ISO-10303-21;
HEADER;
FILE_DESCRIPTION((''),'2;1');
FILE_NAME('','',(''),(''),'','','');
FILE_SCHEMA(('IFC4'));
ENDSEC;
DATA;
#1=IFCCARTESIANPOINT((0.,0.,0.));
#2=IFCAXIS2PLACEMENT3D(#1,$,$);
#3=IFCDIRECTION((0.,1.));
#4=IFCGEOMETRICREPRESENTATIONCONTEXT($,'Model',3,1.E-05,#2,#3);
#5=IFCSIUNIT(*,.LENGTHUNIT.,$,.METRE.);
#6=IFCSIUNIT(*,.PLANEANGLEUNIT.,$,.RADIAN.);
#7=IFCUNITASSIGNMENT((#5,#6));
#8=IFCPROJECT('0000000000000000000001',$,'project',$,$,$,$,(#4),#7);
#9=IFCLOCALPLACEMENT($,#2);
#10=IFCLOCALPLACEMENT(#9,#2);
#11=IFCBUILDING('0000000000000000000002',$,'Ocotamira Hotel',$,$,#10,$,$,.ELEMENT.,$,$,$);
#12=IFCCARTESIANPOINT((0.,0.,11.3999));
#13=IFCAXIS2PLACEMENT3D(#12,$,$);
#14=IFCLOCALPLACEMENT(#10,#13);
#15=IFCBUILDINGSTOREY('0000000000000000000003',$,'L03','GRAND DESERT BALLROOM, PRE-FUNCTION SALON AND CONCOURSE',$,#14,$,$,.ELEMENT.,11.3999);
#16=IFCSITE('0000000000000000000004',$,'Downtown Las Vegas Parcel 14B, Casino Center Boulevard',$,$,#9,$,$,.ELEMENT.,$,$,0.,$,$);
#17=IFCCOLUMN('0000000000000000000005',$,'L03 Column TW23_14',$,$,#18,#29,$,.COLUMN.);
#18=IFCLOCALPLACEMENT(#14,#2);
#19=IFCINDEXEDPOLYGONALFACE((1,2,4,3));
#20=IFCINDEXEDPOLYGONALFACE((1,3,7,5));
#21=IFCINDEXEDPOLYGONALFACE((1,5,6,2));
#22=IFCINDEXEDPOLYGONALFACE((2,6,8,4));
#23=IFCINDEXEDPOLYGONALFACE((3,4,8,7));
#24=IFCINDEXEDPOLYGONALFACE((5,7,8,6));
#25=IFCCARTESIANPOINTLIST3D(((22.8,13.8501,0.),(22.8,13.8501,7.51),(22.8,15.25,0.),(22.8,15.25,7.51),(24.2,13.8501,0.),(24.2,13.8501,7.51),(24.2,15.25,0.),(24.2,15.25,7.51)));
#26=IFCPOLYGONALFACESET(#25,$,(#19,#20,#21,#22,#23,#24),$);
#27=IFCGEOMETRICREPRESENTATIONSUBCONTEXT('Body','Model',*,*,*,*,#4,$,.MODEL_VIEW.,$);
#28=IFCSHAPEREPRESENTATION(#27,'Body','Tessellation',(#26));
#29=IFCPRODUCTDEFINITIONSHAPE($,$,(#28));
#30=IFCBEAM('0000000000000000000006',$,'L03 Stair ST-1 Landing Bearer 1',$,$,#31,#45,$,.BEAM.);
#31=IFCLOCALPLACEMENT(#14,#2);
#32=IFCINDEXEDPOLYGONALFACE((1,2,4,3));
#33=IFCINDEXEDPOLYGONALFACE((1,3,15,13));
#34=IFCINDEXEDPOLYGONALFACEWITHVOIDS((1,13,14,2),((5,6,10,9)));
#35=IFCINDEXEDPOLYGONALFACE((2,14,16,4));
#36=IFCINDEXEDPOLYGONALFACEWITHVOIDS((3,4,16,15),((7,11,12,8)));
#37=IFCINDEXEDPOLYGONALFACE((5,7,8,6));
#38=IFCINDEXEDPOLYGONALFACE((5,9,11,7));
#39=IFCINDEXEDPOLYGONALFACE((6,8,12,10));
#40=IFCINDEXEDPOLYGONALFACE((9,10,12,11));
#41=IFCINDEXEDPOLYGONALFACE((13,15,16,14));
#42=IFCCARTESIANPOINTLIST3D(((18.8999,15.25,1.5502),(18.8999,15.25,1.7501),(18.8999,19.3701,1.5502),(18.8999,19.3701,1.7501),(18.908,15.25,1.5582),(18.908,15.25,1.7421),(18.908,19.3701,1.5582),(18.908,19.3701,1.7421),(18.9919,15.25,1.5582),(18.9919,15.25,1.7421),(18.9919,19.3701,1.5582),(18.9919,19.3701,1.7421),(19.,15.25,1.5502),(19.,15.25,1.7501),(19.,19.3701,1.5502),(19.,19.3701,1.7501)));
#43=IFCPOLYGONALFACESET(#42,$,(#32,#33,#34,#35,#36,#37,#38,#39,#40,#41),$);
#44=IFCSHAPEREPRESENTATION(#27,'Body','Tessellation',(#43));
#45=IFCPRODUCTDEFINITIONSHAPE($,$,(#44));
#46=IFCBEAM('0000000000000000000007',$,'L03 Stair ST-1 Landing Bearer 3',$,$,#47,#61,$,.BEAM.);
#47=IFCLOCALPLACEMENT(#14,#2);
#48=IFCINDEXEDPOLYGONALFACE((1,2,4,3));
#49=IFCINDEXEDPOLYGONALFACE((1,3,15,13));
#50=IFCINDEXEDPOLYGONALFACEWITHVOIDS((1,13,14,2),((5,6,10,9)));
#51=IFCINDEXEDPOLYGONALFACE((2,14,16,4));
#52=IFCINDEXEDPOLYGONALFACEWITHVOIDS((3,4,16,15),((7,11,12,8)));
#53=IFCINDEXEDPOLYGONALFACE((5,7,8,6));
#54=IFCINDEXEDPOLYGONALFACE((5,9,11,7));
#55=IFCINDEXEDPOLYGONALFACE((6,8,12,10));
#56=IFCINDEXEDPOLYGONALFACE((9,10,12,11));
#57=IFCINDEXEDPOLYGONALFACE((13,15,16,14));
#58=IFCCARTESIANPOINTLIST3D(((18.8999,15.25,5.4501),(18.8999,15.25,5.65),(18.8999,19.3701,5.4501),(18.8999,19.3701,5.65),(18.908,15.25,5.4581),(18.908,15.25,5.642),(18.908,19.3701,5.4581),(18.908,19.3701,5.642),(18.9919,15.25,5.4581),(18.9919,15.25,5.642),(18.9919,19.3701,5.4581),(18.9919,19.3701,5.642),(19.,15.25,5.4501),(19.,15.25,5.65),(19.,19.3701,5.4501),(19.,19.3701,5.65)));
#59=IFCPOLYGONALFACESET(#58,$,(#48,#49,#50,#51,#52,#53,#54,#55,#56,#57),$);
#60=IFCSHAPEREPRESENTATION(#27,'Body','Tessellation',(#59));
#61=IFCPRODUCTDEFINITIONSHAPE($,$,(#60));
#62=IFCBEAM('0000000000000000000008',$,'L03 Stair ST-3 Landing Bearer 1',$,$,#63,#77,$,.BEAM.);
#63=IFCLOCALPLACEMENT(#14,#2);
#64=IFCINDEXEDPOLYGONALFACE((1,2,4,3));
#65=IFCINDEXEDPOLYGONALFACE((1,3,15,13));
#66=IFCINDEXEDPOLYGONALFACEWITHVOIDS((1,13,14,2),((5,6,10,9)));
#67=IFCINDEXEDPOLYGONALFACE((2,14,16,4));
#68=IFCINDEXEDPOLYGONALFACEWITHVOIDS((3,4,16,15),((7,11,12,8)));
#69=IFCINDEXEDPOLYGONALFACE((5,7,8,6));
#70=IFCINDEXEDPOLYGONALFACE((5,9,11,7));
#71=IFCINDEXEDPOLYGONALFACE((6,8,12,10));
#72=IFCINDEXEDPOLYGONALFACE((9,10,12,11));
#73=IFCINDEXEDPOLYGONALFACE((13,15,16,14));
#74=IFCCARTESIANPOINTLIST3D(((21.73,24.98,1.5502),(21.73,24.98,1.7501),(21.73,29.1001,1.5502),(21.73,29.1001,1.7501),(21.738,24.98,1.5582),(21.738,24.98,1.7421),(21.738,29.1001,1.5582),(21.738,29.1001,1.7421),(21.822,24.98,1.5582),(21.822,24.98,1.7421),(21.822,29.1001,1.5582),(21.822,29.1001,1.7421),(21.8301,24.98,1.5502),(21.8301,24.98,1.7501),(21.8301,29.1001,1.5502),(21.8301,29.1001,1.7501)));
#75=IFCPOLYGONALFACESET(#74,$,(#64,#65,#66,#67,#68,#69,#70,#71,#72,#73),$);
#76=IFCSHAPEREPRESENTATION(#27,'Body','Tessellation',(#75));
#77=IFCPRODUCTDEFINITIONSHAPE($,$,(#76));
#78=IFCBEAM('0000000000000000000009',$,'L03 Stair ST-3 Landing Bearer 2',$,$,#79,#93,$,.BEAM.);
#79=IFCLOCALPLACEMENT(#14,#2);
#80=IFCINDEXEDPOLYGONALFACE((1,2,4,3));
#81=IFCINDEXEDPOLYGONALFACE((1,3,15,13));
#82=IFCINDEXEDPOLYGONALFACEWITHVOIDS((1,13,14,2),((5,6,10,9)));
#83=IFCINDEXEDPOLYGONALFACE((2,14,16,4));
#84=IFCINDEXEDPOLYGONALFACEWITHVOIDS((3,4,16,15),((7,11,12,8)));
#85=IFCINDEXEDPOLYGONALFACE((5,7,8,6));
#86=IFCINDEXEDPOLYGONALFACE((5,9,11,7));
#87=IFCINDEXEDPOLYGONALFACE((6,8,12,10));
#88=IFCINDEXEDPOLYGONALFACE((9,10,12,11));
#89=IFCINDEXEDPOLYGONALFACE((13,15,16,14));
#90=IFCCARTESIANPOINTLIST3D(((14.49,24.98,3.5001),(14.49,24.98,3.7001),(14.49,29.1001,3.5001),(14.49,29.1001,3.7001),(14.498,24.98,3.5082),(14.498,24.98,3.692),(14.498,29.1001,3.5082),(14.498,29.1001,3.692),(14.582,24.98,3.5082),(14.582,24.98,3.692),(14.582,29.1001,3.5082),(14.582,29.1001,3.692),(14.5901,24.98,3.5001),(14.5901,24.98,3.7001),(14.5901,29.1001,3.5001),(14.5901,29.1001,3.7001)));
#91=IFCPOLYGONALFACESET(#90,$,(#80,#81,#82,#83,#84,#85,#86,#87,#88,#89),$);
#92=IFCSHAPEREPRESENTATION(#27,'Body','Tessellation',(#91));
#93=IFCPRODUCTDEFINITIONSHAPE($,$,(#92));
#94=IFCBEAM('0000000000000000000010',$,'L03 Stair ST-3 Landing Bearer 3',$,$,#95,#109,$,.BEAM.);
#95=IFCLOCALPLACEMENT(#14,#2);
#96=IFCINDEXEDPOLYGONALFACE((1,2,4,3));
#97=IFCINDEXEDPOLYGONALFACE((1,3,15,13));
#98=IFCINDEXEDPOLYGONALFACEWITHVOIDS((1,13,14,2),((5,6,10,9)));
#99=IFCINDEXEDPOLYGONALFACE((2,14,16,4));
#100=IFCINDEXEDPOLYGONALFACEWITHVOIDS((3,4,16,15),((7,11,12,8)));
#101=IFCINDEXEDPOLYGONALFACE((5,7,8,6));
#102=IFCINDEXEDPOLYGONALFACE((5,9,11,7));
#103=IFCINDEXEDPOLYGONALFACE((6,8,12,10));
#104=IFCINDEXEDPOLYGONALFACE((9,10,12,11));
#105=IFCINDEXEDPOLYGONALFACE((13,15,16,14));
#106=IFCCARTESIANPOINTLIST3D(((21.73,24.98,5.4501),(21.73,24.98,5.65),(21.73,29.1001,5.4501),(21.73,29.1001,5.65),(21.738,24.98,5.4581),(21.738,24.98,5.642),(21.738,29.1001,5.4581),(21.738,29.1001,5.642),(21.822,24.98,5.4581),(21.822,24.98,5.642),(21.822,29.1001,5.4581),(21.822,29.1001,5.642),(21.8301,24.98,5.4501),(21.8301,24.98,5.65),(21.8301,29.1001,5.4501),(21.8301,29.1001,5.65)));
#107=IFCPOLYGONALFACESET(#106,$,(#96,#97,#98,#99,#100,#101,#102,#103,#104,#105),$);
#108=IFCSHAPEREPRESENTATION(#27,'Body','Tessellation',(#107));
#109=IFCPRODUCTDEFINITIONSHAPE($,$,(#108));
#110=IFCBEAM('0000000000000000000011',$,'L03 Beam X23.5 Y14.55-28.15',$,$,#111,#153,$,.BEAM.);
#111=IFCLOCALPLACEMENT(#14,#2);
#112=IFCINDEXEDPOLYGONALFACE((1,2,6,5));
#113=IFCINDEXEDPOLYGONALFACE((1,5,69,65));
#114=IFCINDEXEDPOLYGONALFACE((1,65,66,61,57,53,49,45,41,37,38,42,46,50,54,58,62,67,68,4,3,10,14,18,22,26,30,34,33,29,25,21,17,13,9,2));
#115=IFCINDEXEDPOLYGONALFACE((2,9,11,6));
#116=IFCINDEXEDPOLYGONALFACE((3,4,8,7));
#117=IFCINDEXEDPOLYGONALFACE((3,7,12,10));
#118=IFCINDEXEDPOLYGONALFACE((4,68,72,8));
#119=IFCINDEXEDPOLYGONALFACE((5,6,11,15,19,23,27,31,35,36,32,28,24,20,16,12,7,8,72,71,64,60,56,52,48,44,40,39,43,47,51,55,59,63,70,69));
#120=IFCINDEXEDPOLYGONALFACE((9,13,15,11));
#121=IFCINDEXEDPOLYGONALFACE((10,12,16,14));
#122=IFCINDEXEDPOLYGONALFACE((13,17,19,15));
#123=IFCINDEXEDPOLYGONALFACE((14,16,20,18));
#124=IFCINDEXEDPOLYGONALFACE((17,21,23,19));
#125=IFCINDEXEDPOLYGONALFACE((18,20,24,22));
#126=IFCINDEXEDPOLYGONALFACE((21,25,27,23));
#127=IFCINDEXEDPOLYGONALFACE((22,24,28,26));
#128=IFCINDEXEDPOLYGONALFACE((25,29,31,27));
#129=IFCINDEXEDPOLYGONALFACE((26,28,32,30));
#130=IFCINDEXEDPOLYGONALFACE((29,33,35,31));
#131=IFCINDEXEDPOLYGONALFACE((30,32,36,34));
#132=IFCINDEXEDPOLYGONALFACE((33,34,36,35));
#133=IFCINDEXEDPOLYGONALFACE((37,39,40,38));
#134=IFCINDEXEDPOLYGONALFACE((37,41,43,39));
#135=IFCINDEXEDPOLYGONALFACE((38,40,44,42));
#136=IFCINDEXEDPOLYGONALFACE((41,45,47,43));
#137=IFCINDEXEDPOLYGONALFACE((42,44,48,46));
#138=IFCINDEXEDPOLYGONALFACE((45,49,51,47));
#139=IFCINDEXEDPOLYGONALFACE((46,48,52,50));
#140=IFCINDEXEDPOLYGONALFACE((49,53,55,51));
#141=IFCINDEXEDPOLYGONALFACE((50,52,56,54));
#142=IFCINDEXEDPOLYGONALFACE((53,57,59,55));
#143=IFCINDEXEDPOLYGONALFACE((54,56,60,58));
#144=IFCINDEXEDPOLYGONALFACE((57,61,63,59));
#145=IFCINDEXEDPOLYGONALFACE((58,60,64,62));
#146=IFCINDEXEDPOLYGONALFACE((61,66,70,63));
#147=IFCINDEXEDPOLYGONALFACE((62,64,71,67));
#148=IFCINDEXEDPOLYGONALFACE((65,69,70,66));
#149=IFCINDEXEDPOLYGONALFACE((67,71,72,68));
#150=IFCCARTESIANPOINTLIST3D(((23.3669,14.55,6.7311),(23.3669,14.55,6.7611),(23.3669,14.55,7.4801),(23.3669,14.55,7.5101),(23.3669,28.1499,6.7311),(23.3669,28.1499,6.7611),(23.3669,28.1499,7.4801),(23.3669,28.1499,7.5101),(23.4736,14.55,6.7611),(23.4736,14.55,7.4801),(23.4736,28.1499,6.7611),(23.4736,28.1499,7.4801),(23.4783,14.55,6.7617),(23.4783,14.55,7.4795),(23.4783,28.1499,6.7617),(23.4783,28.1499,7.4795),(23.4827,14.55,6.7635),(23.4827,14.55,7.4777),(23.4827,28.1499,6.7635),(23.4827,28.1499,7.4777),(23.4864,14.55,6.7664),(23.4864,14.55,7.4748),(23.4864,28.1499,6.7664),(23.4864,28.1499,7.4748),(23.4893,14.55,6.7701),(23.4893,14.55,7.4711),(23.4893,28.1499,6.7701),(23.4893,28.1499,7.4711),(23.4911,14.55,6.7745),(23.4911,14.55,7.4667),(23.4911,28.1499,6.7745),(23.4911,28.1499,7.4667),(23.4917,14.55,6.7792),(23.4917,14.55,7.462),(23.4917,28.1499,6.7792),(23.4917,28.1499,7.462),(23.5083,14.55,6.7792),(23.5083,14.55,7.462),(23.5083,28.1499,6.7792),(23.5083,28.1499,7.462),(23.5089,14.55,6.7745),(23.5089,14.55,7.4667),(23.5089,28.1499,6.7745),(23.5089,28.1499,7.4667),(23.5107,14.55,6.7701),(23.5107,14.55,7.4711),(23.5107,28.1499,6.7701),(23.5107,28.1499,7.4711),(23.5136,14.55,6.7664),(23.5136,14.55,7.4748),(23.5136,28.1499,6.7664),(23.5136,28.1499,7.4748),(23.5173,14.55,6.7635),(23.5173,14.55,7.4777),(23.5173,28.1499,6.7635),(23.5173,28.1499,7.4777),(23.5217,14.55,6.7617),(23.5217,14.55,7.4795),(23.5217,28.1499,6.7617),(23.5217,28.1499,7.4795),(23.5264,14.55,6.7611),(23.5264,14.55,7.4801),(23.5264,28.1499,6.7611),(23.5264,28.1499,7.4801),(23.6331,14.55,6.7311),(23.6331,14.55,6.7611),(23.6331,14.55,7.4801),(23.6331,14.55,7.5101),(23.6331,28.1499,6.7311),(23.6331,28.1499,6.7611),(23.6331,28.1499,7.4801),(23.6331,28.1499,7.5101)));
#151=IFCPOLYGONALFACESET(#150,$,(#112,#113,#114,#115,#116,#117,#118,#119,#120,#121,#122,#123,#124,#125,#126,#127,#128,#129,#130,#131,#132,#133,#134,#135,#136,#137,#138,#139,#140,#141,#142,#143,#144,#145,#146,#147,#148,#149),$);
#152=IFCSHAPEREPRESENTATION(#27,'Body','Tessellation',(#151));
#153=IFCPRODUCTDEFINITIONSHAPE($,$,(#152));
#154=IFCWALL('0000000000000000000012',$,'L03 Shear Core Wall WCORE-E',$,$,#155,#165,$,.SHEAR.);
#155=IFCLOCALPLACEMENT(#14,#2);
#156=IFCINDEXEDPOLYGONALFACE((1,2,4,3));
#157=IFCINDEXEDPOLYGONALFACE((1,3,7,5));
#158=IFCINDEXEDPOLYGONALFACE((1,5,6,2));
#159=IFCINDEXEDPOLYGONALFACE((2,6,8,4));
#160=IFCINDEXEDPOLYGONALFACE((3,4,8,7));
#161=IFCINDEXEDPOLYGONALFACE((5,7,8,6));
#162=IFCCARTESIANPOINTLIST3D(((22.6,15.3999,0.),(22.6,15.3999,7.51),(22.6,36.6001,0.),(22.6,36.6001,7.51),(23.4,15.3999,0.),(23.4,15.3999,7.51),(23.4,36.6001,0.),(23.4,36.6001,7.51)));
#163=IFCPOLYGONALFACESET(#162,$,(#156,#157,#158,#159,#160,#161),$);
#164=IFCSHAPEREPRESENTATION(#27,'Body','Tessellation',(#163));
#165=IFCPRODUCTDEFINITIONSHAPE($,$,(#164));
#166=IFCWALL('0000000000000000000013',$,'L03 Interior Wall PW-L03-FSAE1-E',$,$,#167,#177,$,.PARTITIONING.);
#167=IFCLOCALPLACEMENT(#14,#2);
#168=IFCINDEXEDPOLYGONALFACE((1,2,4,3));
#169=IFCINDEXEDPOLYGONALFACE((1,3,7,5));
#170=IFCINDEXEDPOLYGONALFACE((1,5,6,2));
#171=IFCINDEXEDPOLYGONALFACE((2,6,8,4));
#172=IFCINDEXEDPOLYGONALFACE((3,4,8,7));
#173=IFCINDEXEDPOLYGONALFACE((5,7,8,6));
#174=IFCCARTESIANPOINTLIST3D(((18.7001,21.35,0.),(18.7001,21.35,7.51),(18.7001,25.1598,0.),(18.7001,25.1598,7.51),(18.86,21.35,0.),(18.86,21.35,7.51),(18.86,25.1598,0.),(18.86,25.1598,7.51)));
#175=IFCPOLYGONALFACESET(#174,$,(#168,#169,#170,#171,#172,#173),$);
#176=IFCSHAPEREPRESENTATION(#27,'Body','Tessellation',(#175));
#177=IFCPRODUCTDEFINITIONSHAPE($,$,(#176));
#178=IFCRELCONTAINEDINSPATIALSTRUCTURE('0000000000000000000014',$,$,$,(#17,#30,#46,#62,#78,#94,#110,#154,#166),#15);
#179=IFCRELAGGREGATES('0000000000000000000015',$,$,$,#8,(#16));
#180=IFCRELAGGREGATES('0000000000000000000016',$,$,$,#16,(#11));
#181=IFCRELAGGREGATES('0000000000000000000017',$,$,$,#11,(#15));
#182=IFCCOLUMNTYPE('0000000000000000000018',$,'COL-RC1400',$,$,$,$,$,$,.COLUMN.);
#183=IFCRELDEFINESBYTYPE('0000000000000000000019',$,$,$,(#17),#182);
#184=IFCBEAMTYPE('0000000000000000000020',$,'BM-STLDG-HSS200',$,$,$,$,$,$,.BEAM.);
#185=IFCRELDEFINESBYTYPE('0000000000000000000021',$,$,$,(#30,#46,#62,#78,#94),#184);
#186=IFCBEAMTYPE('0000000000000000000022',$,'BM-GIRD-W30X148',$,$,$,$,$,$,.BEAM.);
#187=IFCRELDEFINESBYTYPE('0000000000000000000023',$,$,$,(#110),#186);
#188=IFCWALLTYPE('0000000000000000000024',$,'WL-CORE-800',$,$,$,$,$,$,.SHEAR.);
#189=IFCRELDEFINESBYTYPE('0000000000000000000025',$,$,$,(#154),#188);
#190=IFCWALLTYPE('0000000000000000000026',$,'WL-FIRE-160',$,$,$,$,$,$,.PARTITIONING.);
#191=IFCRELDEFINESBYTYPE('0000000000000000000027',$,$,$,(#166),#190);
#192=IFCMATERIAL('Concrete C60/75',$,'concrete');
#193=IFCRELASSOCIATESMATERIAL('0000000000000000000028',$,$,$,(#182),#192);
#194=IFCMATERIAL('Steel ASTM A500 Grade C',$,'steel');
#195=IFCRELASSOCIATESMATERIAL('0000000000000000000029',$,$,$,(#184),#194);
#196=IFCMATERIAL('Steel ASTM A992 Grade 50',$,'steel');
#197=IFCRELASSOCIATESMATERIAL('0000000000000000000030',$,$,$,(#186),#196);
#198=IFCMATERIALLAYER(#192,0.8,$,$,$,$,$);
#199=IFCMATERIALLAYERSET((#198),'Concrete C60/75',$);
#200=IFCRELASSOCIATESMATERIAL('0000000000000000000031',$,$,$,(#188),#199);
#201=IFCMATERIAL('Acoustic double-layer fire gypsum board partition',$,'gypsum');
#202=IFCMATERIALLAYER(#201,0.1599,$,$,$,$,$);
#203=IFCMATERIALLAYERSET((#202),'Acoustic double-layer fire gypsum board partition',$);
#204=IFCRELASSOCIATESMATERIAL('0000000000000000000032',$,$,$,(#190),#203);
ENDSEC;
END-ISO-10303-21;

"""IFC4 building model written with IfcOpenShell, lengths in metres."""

from ifc_helpers import new_model, si_unit, direction, frame, frame_2d, origin, origin_2d, place, context, subcontext, project, spatial, rectangle, hollow_rectangle, i_section, extrude, source, transform, mapped, material, layer, layer_set, material_profile, profile_set, type_object, element, save


model = new_model("IFC4")

# Units and contexts
model_context = context("Model", 3, precision=1e-05, world=origin(), true_north=direction((0.0, 1.0)))
body_context = subcontext(model_context, "Body", "Model", "MODEL_VIEW")
ifc_project = project(units=[si_unit("LENGTHUNIT", "METRE"), si_unit("PLANEANGLEUNIT", "RADIAN")], contexts=[model_context])

# Site, building, storey
site_placement = place(None, origin())
site = spatial("IfcSite", under=ifc_project, at=site_placement, Name="Downtown Las Vegas Parcel 14B, Casino Center Boulevard", CompositionType="ELEMENT", RefElevation=0.0)
building_placement = place(site_placement, origin())
building = spatial("IfcBuilding", under=site, at=building_placement, Name="Ocotamira Hotel", CompositionType="ELEMENT")
storey_placement = place(building_placement, frame((0.0, 0.0, 11.3999)))
storey = spatial("IfcBuildingStorey", under=building, at=storey_placement, Name="L03", Description="GRAND DESERT BALLROOM, PRE-FUNCTION SALON AND CONCOURSE", CompositionType="ELEMENT", Elevation=11.3999)

# Column
ifc_material_1 = material(Name="Concrete C60/75", Category="concrete")
ifc_material_profile_1 = material_profile(ifc_material_1, rectangle(XDim=1.3999, YDim=1.3999, at=origin_2d()), Name="RC1400X1400")
ifc_profile_set_1 = profile_set([ifc_material_profile_1], Name="Concrete C60/75")
column_type = type_object("IfcColumnType", Name="COL-RC1400", PredefinedType="COLUMN", material=ifc_profile_set_1)
shared_shape_1 = source(origin(), body_context, "Body", "SweptSolid", [
    extrude(rectangle(XDim=1.3999, YDim=1.3999, at=origin_2d()), origin(), (0.0, 0.0, 1.0), 7.51),
])
column_placement = place(storey_placement, frame((23.5, 14.55, 0.0), z_axis=(0.0, 0.0, 1.0), x_axis=(1.0, 0.0, 0.0)))
element("IfcColumn", 1, at=column_placement, inside=storey, type_object=column_type, Name="L03 Column TW23_14", PredefinedType="COLUMN", context=body_context, shape_type="MappedRepresentation", body=[
    mapped(shared_shape_1, transform((0.0, 0.0, 0.0), scale=1.0)),
])

# Beams
ifc_material_2 = material(Name="Steel ASTM A500 Grade C", Category="steel")
ifc_material_profile_2 = material_profile(ifc_material_2, hollow_rectangle(XDim=0.1001, YDim=0.2, WallThickness=0.0081, at=origin_2d()), Name="HSS200X100X8")
ifc_profile_set_2 = profile_set([ifc_material_profile_2], Name="Steel ASTM A500 Grade C")
beam_type_1 = type_object("IfcBeamType", Name="BM-STLDG-HSS200", PredefinedType="BEAM", material=ifc_profile_set_2)
shared_shape_2 = source(origin(), body_context, "Body", "SweptSolid", [
    extrude(hollow_rectangle(XDim=0.1001, YDim=0.2, WallThickness=0.0081, at=origin_2d()), origin(), (0.0, 0.0, 1.0), 4.1201),
])
for number, where, z_axis, x_axis, name in (
    (2, (18.95, 15.25, 1.6501), (0.0, 1.0, 0.0), (-1.0, 0.0, 0.0), "L03 Stair ST-1 Landing Bearer 1"),
    (3, (18.95, 15.25, 5.55), (0.0, 1.0, 0.0), (-1.0, 0.0, 0.0), "L03 Stair ST-1 Landing Bearer 3"),
    (4, (21.78, 24.98, 1.6501), (0.0, 1.0, 0.0), (-1.0, 0.0, 0.0), "L03 Stair ST-3 Landing Bearer 1"),
    (5, (14.54, 24.98, 3.6001), (0.0, 1.0, 0.0), (-1.0, 0.0, 0.0), "L03 Stair ST-3 Landing Bearer 2"),
    (6, (21.78, 24.98, 5.55), (0.0, 1.0, 0.0), (-1.0, 0.0, 0.0), "L03 Stair ST-3 Landing Bearer 3"),
):
    element("IfcBeam", number, at=place(storey_placement, frame(where, z_axis=z_axis, x_axis=x_axis)), inside=storey, type_object=beam_type_1, Name=name, PredefinedType="BEAM", context=body_context, shape_type="MappedRepresentation", body=[
        mapped(shared_shape_2, transform((0.0, 0.0, 0.0), scale=1.0)),
    ])
ifc_material_3 = material(Name="Steel ASTM A992 Grade 50", Category="steel")
ifc_material_profile_3 = material_profile(ifc_material_3, i_section(OverallWidth=0.2661, OverallDepth=0.7791, WebThickness=0.0166, FlangeThickness=0.03, FilletRadius=0.0181, at=origin_2d()), Name="W30X148")
ifc_profile_set_3 = profile_set([ifc_material_profile_3], Name="Steel ASTM A992 Grade 50")
beam_type_2 = type_object("IfcBeamType", Name="BM-GIRD-W30X148", PredefinedType="BEAM", material=ifc_profile_set_3)
shared_shape_3 = source(origin(), body_context, "Body", "SweptSolid", [
    extrude(i_section(OverallWidth=0.2661, OverallDepth=0.7791, WebThickness=0.0166, FlangeThickness=0.03, FilletRadius=0.0181, at=origin_2d()), origin(), (0.0, 0.0, 1.0), 13.5999),
])
beam_placement = place(storey_placement, frame((23.5, 14.55, 7.1206), z_axis=(0.0, 1.0, 0.0), x_axis=(-1.0, 0.0, 0.0)))
element("IfcBeam", 7, at=beam_placement, inside=storey, type_object=beam_type_2, Name="L03 Beam X23.5 Y14.55-28.15", PredefinedType="BEAM", context=body_context, shape_type="MappedRepresentation", body=[
    mapped(shared_shape_3, transform((0.0, 0.0, 0.0), scale=1.0)),
])

# Walls
ifc_layer_1 = layer(ifc_material_1, 0.8)
ifc_layer_set_1 = layer_set([ifc_layer_1], Name="Concrete C60/75")
wall_type_1 = type_object("IfcWallType", Name="WL-CORE-800", PredefinedType="SHEAR", material=ifc_layer_set_1)
wall_1_placement = place(storey_placement, frame((23.0, 15.3999, 0.0), z_axis=(0.0, 0.0, 1.0), x_axis=(0.0, 1.0, 0.0)))
element("IfcWall", 8, at=wall_1_placement, inside=storey, type_object=wall_type_1, Name="L03 Shear Core Wall WCORE-E", PredefinedType="SHEAR", context=body_context, shape_type="SweptSolid", body=[
    extrude(rectangle(XDim=21.2002, YDim=0.8, at=frame_2d((10.6001, 0.0))), origin(), (0.0, 0.0, 1.0), 7.51),
])
ifc_material_4 = material(Name="Acoustic double-layer fire gypsum board partition", Category="gypsum")
ifc_layer_2 = layer(ifc_material_4, 0.1599)
ifc_layer_set_2 = layer_set([ifc_layer_2], Name="Acoustic double-layer fire gypsum board partition")
wall_type_2 = type_object("IfcWallType", Name="WL-FIRE-160", PredefinedType="PARTITIONING", material=ifc_layer_set_2)
wall_2_placement = place(storey_placement, frame((18.78, 21.3501, 0.0), z_axis=(0.0, 0.0, 1.0), x_axis=(0.0, 1.0, 0.0)))
element("IfcWall", 9, at=wall_2_placement, inside=storey, type_object=wall_type_2, Name="L03 Interior Wall PW-L03-FSAE1-E", PredefinedType="PARTITIONING", context=body_context, shape_type="SweptSolid", body=[
    extrude(rectangle(XDim=3.8098, YDim=0.1599, at=frame_2d((1.9048, 0.0))), origin(), (0.0, 0.0, 1.0), 7.51),
])

save(model, "model.ifc")
